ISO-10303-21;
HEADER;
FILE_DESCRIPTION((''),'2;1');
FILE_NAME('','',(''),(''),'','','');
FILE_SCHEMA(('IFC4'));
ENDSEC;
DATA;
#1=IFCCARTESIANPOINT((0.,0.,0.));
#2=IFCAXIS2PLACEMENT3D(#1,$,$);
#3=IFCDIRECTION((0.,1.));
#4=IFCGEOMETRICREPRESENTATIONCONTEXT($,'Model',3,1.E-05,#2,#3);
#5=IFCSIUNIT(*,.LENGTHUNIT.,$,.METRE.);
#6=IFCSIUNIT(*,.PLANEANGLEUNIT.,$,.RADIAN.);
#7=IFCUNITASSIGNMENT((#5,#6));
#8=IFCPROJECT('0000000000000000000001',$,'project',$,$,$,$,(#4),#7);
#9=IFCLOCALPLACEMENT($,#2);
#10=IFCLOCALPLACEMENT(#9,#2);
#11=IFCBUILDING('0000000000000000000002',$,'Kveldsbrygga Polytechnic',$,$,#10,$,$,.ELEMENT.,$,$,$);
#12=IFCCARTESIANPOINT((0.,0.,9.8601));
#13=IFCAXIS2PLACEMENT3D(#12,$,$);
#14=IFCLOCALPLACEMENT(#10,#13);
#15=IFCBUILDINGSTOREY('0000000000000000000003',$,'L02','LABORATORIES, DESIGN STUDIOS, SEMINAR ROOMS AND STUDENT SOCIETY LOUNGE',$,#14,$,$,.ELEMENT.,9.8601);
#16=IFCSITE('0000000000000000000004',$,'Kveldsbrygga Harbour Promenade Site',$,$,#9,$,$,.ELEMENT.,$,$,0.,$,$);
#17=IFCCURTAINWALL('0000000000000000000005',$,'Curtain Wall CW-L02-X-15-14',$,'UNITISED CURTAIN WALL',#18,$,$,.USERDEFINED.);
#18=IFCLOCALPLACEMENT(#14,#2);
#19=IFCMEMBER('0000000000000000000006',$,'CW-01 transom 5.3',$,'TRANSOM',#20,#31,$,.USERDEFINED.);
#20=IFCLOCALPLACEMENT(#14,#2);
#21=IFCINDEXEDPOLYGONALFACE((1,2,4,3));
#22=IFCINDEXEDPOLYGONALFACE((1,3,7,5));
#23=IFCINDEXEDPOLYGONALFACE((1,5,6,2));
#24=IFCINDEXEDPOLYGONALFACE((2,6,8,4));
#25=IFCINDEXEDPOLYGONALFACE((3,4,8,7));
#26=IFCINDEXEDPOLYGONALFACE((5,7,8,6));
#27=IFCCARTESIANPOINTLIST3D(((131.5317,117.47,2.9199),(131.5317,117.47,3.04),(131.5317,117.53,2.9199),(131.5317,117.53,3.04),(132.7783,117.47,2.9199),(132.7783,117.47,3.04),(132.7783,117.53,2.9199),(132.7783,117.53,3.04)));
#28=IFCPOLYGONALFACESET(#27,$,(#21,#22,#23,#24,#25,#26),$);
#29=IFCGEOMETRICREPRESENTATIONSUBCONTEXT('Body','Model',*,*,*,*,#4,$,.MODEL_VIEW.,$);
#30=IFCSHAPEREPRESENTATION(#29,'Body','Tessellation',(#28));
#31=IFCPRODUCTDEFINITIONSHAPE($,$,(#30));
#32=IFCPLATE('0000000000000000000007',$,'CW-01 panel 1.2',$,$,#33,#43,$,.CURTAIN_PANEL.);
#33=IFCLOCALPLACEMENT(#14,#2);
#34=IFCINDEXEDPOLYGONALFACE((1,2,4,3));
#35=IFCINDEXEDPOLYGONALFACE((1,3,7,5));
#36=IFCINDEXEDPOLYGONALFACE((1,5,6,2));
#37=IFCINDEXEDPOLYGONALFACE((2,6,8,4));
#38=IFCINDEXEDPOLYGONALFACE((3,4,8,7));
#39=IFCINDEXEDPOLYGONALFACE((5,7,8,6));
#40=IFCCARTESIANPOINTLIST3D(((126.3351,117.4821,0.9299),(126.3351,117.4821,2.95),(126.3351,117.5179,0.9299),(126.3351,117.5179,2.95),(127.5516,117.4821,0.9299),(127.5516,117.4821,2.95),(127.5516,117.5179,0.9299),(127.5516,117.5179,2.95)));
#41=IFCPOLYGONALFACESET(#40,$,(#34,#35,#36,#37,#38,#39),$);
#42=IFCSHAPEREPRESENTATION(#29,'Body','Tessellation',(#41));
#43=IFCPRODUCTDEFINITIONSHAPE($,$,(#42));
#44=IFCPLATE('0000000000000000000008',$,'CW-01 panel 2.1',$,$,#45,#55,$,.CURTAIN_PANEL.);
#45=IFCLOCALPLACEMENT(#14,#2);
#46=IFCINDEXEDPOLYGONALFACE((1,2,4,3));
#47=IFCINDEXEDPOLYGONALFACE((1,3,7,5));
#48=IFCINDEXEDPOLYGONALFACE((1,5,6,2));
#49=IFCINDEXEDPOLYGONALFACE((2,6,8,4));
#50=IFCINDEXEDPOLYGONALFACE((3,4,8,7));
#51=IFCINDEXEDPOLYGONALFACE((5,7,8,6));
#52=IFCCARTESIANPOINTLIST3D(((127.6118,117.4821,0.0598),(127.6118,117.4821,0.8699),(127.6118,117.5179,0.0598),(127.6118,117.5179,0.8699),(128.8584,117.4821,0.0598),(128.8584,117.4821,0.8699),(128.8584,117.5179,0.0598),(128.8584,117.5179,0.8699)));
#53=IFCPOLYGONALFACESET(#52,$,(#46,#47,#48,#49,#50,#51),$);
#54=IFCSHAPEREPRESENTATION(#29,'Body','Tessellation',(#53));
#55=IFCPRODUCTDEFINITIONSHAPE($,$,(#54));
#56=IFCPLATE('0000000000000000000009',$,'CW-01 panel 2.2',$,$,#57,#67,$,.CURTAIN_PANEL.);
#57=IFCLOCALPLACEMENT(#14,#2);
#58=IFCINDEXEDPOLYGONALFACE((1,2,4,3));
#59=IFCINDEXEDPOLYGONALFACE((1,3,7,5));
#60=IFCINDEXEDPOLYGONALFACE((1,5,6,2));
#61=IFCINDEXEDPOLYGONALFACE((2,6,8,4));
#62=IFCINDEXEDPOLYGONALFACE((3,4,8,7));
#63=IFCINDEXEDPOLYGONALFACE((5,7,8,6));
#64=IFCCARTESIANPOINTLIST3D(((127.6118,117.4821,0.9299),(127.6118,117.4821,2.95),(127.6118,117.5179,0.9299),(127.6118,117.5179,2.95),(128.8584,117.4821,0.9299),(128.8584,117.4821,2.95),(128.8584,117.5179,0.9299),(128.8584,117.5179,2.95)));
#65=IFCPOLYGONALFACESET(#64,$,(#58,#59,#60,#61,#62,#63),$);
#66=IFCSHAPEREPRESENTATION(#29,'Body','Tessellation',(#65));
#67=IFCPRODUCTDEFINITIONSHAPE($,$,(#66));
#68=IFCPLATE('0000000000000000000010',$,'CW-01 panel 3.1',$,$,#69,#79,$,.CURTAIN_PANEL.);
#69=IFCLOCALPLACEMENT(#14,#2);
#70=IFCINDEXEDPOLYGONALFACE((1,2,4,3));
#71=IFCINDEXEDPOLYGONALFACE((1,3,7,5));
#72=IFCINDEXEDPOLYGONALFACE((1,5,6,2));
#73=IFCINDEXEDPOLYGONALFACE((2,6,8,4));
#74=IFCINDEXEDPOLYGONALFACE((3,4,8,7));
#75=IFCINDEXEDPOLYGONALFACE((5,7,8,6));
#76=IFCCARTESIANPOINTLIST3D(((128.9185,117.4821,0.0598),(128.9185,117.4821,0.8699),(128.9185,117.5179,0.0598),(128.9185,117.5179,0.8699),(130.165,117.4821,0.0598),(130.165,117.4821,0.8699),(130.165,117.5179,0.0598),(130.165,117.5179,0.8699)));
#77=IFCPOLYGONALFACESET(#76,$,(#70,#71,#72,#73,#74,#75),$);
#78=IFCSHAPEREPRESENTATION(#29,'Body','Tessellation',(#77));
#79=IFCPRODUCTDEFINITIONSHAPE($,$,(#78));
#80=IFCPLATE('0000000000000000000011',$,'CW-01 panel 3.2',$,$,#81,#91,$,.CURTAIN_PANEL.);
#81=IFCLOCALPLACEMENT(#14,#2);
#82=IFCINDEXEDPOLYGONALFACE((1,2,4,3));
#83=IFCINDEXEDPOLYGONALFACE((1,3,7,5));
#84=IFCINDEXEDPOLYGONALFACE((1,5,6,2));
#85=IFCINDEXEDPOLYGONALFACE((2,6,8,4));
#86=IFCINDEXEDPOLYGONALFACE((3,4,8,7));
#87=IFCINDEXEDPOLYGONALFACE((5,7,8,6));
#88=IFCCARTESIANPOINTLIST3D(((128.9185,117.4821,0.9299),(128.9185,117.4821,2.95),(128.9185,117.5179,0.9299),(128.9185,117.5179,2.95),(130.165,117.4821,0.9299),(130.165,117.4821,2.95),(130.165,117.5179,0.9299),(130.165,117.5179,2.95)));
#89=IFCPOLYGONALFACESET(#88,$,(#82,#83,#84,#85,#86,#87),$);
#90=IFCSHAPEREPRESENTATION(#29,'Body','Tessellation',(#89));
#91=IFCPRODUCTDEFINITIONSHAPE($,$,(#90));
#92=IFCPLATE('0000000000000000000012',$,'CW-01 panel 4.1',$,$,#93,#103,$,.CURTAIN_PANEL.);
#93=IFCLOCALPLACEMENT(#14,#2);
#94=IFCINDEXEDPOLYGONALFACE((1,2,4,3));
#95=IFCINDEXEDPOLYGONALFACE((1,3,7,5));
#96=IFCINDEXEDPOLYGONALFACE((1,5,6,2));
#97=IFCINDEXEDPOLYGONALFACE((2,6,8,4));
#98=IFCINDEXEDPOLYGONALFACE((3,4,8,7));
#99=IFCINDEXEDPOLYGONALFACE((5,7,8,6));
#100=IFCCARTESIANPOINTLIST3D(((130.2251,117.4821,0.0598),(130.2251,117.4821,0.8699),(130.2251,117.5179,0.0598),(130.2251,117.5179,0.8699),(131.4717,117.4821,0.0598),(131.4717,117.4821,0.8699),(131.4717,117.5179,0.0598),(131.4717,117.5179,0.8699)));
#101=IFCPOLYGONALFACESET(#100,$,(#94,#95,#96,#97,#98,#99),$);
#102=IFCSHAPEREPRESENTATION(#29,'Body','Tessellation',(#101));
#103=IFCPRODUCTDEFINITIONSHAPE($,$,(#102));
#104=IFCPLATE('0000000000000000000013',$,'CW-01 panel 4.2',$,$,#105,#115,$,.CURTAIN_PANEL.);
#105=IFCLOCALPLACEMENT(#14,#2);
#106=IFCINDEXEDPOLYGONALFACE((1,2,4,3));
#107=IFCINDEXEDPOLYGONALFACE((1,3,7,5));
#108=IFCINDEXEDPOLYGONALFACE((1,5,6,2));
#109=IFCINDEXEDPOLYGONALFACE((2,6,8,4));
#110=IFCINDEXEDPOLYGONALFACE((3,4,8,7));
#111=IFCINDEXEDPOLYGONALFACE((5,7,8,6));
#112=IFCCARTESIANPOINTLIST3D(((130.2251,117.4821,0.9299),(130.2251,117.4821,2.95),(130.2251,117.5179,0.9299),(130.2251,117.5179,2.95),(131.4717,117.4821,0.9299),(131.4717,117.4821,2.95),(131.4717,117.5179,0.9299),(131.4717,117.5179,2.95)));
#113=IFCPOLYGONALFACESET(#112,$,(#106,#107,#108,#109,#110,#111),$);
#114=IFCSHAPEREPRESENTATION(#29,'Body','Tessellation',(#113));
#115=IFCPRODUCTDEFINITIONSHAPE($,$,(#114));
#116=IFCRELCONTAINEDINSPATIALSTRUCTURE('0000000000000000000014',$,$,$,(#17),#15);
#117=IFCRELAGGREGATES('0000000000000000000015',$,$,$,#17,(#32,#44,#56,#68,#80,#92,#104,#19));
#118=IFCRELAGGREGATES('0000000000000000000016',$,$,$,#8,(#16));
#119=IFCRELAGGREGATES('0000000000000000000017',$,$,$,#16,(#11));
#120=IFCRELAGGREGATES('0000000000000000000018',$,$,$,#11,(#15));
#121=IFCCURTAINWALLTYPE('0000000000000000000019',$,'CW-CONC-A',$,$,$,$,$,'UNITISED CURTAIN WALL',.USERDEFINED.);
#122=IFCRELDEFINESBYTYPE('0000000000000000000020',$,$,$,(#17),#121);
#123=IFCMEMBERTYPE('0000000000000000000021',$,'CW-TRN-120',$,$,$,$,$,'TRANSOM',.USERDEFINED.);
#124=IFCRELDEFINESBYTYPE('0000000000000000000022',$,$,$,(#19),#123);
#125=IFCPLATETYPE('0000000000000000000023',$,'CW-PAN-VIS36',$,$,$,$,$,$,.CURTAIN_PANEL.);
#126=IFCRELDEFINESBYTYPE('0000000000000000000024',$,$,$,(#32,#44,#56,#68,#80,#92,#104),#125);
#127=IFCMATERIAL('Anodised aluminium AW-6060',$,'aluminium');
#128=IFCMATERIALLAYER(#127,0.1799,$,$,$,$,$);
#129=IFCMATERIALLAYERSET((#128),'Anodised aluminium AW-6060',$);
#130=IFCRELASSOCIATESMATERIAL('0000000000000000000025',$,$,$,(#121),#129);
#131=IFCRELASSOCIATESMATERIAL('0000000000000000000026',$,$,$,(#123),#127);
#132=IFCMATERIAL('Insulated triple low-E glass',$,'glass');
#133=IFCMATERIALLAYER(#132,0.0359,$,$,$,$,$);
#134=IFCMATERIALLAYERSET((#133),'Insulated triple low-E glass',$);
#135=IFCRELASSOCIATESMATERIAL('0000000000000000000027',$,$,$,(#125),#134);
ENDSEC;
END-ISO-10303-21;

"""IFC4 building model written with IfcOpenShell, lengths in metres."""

from ifc_helpers import new_model, si_unit, direction, frame, origin, origin_2d, place, context, subcontext, project, spatial, rectangle, extrude, material, layer, layer_set, material_profile, profile_set, type_object, element, aggregate, save


model = new_model("IFC4")

# Units and contexts
model_context = context("Model", 3, precision=1e-05, world=origin(), true_north=direction((0.0, 1.0)))
body_context = subcontext(model_context, "Body", "Model", "MODEL_VIEW")
ifc_project = project(units=[si_unit("LENGTHUNIT", "METRE"), si_unit("PLANEANGLEUNIT", "RADIAN")], contexts=[model_context])

# Site, building, storey
site_placement = place(None, origin())
site = spatial("IfcSite", under=ifc_project, at=site_placement, Name="Kveldsbrygga Harbour Promenade Site", CompositionType="ELEMENT", RefElevation=0.0)
building_placement = place(site_placement, origin())
building = spatial("IfcBuilding", under=site, at=building_placement, Name="Kveldsbrygga Polytechnic", CompositionType="ELEMENT")
storey_placement = place(building_placement, frame((0.0, 0.0, 9.8601)))
storey = spatial("IfcBuildingStorey", under=building, at=storey_placement, Name="L02", Description="LABORATORIES, DESIGN STUDIOS, SEMINAR ROOMS AND STUDENT SOCIETY LOUNGE", CompositionType="ELEMENT", Elevation=9.8601)

# Curtain wall, member, plates
ifc_material_1 = material(Name="Anodised aluminium AW-6060", Category="aluminium")
ifc_layer_1 = layer(ifc_material_1, 0.1799)
ifc_layer_set_1 = layer_set([ifc_layer_1], Name="Anodised aluminium AW-6060")
curtain_wall_type = type_object("IfcCurtainWallType", Name="CW-CONC-A", ElementType="UNITISED CURTAIN WALL", PredefinedType="USERDEFINED", material=ifc_layer_set_1)
curtain_wall_placement = place(storey_placement, origin())
curtain_wall = element("IfcCurtainWall", 1, at=curtain_wall_placement, inside=storey, type_object=curtain_wall_type, Name="Curtain Wall CW-L02-X-15-14", ObjectType="UNITISED CURTAIN WALL", PredefinedType="USERDEFINED")
ifc_material_profile_1 = material_profile(ifc_material_1, rectangle(XDim=0.0601, YDim=0.1201, at=origin_2d()), Name="ALU 60x120")
ifc_profile_set_1 = profile_set([ifc_material_profile_1], Name="Anodised aluminium AW-6060")
member_type_1 = type_object("IfcMemberType", Name="CW-TRN-120", ElementType="TRANSOM", PredefinedType="USERDEFINED", material=ifc_profile_set_1)
member_1_placement = place(storey_placement, frame((131.5317, 117.5, 2.98), z_axis=(1.0, 0.0, 0.0), x_axis=(0.0, 1.0, 0.0)))
member_1 = element("IfcMember", 2, at=member_1_placement, type_object=member_type_1, Name="CW-01 transom 5.3", ObjectType="TRANSOM", PredefinedType="USERDEFINED", context=body_context, shape_type="SweptSolid", body=[
    extrude(rectangle(XDim=0.0601, YDim=0.1201, at=origin_2d()), origin(), (0.0, 0.0, 1.0), 1.2466),
])
ifc_material_2 = material(Name="Insulated triple low-E glass", Category="glass")
ifc_layer_2 = layer(ifc_material_2, 0.0359)
ifc_layer_set_2 = layer_set([ifc_layer_2], Name="Insulated triple low-E glass")
plate_type = type_object("IfcPlateType", Name="CW-PAN-VIS36", PredefinedType="CURTAIN_PANEL", material=ifc_layer_set_2)
plate_1_placement = place(storey_placement, frame((126.9434, 117.5, 0.9299), z_axis=(0.0, 0.0, 1.0), x_axis=(1.0, 0.0, 0.0)))
plate_1 = element("IfcPlate", 3, at=plate_1_placement, type_object=plate_type, Name="CW-01 panel 1.2", PredefinedType="CURTAIN_PANEL", context=body_context, shape_type="SweptSolid", body=[
    extrude(rectangle(XDim=1.2166, YDim=0.0359, at=origin_2d()), origin(), (0.0, 0.0, 1.0), 2.02),
])
plate_2_placement = place(storey_placement, frame((128.2351, 117.5, 0.0598), z_axis=(0.0, 0.0, 1.0), x_axis=(1.0, 0.0, 0.0)))
plate_2 = element("IfcPlate", 4, at=plate_2_placement, type_object=plate_type, Name="CW-01 panel 2.1", PredefinedType="CURTAIN_PANEL", context=body_context, shape_type="SweptSolid", body=[
    extrude(rectangle(XDim=1.2466, YDim=0.0359, at=origin_2d()), origin(), (0.0, 0.0, 1.0), 0.8101),
])
plate_3_placement = place(storey_placement, frame((128.2351, 117.5, 0.9299), z_axis=(0.0, 0.0, 1.0), x_axis=(1.0, 0.0, 0.0)))
plate_3 = element("IfcPlate", 5, at=plate_3_placement, type_object=plate_type, Name="CW-01 panel 2.2", PredefinedType="CURTAIN_PANEL", context=body_context, shape_type="SweptSolid", body=[
    extrude(rectangle(XDim=1.2466, YDim=0.0359, at=origin_2d()), origin(), (0.0, 0.0, 1.0), 2.02),
])
plate_4_placement = place(storey_placement, frame((129.5417, 117.5, 0.0598), z_axis=(0.0, 0.0, 1.0), x_axis=(1.0, 0.0, 0.0)))
plate_4 = element("IfcPlate", 6, at=plate_4_placement, type_object=plate_type, Name="CW-01 panel 3.1", PredefinedType="CURTAIN_PANEL", context=body_context, shape_type="SweptSolid", body=[
    extrude(rectangle(XDim=1.2466, YDim=0.0359, at=origin_2d()), origin(), (0.0, 0.0, 1.0), 0.8101),
])
plate_5_placement = place(storey_placement, frame((129.5417, 117.5, 0.9299), z_axis=(0.0, 0.0, 1.0), x_axis=(1.0, 0.0, 0.0)))
plate_5 = element("IfcPlate", 7, at=plate_5_placement, type_object=plate_type, Name="CW-01 panel 3.2", PredefinedType="CURTAIN_PANEL", context=body_context, shape_type="SweptSolid", body=[
    extrude(rectangle(XDim=1.2466, YDim=0.0359, at=origin_2d()), origin(), (0.0, 0.0, 1.0), 2.02),
])
plate_6_placement = place(storey_placement, frame((130.8484, 117.5, 0.0598), z_axis=(0.0, 0.0, 1.0), x_axis=(1.0, 0.0, 0.0)))
plate_6 = element("IfcPlate", 8, at=plate_6_placement, type_object=plate_type, Name="CW-01 panel 4.1", PredefinedType="CURTAIN_PANEL", context=body_context, shape_type="SweptSolid", body=[
    extrude(rectangle(XDim=1.2466, YDim=0.0359, at=origin_2d()), origin(), (0.0, 0.0, 1.0), 0.8101),
])
plate_7_placement = place(storey_placement, frame((130.8484, 117.5, 0.9299), z_axis=(0.0, 0.0, 1.0), x_axis=(1.0, 0.0, 0.0)))
plate_7 = element("IfcPlate", 9, at=plate_7_placement, type_object=plate_type, Name="CW-01 panel 4.2", PredefinedType="CURTAIN_PANEL", context=body_context, shape_type="SweptSolid", body=[
    extrude(rectangle(XDim=1.2466, YDim=0.0359, at=origin_2d()), origin(), (0.0, 0.0, 1.0), 2.02),
])
aggregate(curtain_wall, [plate_1, plate_2, plate_3, plate_4, plate_5, plate_6, plate_7, member_1])

save(model, "model.ifc")
